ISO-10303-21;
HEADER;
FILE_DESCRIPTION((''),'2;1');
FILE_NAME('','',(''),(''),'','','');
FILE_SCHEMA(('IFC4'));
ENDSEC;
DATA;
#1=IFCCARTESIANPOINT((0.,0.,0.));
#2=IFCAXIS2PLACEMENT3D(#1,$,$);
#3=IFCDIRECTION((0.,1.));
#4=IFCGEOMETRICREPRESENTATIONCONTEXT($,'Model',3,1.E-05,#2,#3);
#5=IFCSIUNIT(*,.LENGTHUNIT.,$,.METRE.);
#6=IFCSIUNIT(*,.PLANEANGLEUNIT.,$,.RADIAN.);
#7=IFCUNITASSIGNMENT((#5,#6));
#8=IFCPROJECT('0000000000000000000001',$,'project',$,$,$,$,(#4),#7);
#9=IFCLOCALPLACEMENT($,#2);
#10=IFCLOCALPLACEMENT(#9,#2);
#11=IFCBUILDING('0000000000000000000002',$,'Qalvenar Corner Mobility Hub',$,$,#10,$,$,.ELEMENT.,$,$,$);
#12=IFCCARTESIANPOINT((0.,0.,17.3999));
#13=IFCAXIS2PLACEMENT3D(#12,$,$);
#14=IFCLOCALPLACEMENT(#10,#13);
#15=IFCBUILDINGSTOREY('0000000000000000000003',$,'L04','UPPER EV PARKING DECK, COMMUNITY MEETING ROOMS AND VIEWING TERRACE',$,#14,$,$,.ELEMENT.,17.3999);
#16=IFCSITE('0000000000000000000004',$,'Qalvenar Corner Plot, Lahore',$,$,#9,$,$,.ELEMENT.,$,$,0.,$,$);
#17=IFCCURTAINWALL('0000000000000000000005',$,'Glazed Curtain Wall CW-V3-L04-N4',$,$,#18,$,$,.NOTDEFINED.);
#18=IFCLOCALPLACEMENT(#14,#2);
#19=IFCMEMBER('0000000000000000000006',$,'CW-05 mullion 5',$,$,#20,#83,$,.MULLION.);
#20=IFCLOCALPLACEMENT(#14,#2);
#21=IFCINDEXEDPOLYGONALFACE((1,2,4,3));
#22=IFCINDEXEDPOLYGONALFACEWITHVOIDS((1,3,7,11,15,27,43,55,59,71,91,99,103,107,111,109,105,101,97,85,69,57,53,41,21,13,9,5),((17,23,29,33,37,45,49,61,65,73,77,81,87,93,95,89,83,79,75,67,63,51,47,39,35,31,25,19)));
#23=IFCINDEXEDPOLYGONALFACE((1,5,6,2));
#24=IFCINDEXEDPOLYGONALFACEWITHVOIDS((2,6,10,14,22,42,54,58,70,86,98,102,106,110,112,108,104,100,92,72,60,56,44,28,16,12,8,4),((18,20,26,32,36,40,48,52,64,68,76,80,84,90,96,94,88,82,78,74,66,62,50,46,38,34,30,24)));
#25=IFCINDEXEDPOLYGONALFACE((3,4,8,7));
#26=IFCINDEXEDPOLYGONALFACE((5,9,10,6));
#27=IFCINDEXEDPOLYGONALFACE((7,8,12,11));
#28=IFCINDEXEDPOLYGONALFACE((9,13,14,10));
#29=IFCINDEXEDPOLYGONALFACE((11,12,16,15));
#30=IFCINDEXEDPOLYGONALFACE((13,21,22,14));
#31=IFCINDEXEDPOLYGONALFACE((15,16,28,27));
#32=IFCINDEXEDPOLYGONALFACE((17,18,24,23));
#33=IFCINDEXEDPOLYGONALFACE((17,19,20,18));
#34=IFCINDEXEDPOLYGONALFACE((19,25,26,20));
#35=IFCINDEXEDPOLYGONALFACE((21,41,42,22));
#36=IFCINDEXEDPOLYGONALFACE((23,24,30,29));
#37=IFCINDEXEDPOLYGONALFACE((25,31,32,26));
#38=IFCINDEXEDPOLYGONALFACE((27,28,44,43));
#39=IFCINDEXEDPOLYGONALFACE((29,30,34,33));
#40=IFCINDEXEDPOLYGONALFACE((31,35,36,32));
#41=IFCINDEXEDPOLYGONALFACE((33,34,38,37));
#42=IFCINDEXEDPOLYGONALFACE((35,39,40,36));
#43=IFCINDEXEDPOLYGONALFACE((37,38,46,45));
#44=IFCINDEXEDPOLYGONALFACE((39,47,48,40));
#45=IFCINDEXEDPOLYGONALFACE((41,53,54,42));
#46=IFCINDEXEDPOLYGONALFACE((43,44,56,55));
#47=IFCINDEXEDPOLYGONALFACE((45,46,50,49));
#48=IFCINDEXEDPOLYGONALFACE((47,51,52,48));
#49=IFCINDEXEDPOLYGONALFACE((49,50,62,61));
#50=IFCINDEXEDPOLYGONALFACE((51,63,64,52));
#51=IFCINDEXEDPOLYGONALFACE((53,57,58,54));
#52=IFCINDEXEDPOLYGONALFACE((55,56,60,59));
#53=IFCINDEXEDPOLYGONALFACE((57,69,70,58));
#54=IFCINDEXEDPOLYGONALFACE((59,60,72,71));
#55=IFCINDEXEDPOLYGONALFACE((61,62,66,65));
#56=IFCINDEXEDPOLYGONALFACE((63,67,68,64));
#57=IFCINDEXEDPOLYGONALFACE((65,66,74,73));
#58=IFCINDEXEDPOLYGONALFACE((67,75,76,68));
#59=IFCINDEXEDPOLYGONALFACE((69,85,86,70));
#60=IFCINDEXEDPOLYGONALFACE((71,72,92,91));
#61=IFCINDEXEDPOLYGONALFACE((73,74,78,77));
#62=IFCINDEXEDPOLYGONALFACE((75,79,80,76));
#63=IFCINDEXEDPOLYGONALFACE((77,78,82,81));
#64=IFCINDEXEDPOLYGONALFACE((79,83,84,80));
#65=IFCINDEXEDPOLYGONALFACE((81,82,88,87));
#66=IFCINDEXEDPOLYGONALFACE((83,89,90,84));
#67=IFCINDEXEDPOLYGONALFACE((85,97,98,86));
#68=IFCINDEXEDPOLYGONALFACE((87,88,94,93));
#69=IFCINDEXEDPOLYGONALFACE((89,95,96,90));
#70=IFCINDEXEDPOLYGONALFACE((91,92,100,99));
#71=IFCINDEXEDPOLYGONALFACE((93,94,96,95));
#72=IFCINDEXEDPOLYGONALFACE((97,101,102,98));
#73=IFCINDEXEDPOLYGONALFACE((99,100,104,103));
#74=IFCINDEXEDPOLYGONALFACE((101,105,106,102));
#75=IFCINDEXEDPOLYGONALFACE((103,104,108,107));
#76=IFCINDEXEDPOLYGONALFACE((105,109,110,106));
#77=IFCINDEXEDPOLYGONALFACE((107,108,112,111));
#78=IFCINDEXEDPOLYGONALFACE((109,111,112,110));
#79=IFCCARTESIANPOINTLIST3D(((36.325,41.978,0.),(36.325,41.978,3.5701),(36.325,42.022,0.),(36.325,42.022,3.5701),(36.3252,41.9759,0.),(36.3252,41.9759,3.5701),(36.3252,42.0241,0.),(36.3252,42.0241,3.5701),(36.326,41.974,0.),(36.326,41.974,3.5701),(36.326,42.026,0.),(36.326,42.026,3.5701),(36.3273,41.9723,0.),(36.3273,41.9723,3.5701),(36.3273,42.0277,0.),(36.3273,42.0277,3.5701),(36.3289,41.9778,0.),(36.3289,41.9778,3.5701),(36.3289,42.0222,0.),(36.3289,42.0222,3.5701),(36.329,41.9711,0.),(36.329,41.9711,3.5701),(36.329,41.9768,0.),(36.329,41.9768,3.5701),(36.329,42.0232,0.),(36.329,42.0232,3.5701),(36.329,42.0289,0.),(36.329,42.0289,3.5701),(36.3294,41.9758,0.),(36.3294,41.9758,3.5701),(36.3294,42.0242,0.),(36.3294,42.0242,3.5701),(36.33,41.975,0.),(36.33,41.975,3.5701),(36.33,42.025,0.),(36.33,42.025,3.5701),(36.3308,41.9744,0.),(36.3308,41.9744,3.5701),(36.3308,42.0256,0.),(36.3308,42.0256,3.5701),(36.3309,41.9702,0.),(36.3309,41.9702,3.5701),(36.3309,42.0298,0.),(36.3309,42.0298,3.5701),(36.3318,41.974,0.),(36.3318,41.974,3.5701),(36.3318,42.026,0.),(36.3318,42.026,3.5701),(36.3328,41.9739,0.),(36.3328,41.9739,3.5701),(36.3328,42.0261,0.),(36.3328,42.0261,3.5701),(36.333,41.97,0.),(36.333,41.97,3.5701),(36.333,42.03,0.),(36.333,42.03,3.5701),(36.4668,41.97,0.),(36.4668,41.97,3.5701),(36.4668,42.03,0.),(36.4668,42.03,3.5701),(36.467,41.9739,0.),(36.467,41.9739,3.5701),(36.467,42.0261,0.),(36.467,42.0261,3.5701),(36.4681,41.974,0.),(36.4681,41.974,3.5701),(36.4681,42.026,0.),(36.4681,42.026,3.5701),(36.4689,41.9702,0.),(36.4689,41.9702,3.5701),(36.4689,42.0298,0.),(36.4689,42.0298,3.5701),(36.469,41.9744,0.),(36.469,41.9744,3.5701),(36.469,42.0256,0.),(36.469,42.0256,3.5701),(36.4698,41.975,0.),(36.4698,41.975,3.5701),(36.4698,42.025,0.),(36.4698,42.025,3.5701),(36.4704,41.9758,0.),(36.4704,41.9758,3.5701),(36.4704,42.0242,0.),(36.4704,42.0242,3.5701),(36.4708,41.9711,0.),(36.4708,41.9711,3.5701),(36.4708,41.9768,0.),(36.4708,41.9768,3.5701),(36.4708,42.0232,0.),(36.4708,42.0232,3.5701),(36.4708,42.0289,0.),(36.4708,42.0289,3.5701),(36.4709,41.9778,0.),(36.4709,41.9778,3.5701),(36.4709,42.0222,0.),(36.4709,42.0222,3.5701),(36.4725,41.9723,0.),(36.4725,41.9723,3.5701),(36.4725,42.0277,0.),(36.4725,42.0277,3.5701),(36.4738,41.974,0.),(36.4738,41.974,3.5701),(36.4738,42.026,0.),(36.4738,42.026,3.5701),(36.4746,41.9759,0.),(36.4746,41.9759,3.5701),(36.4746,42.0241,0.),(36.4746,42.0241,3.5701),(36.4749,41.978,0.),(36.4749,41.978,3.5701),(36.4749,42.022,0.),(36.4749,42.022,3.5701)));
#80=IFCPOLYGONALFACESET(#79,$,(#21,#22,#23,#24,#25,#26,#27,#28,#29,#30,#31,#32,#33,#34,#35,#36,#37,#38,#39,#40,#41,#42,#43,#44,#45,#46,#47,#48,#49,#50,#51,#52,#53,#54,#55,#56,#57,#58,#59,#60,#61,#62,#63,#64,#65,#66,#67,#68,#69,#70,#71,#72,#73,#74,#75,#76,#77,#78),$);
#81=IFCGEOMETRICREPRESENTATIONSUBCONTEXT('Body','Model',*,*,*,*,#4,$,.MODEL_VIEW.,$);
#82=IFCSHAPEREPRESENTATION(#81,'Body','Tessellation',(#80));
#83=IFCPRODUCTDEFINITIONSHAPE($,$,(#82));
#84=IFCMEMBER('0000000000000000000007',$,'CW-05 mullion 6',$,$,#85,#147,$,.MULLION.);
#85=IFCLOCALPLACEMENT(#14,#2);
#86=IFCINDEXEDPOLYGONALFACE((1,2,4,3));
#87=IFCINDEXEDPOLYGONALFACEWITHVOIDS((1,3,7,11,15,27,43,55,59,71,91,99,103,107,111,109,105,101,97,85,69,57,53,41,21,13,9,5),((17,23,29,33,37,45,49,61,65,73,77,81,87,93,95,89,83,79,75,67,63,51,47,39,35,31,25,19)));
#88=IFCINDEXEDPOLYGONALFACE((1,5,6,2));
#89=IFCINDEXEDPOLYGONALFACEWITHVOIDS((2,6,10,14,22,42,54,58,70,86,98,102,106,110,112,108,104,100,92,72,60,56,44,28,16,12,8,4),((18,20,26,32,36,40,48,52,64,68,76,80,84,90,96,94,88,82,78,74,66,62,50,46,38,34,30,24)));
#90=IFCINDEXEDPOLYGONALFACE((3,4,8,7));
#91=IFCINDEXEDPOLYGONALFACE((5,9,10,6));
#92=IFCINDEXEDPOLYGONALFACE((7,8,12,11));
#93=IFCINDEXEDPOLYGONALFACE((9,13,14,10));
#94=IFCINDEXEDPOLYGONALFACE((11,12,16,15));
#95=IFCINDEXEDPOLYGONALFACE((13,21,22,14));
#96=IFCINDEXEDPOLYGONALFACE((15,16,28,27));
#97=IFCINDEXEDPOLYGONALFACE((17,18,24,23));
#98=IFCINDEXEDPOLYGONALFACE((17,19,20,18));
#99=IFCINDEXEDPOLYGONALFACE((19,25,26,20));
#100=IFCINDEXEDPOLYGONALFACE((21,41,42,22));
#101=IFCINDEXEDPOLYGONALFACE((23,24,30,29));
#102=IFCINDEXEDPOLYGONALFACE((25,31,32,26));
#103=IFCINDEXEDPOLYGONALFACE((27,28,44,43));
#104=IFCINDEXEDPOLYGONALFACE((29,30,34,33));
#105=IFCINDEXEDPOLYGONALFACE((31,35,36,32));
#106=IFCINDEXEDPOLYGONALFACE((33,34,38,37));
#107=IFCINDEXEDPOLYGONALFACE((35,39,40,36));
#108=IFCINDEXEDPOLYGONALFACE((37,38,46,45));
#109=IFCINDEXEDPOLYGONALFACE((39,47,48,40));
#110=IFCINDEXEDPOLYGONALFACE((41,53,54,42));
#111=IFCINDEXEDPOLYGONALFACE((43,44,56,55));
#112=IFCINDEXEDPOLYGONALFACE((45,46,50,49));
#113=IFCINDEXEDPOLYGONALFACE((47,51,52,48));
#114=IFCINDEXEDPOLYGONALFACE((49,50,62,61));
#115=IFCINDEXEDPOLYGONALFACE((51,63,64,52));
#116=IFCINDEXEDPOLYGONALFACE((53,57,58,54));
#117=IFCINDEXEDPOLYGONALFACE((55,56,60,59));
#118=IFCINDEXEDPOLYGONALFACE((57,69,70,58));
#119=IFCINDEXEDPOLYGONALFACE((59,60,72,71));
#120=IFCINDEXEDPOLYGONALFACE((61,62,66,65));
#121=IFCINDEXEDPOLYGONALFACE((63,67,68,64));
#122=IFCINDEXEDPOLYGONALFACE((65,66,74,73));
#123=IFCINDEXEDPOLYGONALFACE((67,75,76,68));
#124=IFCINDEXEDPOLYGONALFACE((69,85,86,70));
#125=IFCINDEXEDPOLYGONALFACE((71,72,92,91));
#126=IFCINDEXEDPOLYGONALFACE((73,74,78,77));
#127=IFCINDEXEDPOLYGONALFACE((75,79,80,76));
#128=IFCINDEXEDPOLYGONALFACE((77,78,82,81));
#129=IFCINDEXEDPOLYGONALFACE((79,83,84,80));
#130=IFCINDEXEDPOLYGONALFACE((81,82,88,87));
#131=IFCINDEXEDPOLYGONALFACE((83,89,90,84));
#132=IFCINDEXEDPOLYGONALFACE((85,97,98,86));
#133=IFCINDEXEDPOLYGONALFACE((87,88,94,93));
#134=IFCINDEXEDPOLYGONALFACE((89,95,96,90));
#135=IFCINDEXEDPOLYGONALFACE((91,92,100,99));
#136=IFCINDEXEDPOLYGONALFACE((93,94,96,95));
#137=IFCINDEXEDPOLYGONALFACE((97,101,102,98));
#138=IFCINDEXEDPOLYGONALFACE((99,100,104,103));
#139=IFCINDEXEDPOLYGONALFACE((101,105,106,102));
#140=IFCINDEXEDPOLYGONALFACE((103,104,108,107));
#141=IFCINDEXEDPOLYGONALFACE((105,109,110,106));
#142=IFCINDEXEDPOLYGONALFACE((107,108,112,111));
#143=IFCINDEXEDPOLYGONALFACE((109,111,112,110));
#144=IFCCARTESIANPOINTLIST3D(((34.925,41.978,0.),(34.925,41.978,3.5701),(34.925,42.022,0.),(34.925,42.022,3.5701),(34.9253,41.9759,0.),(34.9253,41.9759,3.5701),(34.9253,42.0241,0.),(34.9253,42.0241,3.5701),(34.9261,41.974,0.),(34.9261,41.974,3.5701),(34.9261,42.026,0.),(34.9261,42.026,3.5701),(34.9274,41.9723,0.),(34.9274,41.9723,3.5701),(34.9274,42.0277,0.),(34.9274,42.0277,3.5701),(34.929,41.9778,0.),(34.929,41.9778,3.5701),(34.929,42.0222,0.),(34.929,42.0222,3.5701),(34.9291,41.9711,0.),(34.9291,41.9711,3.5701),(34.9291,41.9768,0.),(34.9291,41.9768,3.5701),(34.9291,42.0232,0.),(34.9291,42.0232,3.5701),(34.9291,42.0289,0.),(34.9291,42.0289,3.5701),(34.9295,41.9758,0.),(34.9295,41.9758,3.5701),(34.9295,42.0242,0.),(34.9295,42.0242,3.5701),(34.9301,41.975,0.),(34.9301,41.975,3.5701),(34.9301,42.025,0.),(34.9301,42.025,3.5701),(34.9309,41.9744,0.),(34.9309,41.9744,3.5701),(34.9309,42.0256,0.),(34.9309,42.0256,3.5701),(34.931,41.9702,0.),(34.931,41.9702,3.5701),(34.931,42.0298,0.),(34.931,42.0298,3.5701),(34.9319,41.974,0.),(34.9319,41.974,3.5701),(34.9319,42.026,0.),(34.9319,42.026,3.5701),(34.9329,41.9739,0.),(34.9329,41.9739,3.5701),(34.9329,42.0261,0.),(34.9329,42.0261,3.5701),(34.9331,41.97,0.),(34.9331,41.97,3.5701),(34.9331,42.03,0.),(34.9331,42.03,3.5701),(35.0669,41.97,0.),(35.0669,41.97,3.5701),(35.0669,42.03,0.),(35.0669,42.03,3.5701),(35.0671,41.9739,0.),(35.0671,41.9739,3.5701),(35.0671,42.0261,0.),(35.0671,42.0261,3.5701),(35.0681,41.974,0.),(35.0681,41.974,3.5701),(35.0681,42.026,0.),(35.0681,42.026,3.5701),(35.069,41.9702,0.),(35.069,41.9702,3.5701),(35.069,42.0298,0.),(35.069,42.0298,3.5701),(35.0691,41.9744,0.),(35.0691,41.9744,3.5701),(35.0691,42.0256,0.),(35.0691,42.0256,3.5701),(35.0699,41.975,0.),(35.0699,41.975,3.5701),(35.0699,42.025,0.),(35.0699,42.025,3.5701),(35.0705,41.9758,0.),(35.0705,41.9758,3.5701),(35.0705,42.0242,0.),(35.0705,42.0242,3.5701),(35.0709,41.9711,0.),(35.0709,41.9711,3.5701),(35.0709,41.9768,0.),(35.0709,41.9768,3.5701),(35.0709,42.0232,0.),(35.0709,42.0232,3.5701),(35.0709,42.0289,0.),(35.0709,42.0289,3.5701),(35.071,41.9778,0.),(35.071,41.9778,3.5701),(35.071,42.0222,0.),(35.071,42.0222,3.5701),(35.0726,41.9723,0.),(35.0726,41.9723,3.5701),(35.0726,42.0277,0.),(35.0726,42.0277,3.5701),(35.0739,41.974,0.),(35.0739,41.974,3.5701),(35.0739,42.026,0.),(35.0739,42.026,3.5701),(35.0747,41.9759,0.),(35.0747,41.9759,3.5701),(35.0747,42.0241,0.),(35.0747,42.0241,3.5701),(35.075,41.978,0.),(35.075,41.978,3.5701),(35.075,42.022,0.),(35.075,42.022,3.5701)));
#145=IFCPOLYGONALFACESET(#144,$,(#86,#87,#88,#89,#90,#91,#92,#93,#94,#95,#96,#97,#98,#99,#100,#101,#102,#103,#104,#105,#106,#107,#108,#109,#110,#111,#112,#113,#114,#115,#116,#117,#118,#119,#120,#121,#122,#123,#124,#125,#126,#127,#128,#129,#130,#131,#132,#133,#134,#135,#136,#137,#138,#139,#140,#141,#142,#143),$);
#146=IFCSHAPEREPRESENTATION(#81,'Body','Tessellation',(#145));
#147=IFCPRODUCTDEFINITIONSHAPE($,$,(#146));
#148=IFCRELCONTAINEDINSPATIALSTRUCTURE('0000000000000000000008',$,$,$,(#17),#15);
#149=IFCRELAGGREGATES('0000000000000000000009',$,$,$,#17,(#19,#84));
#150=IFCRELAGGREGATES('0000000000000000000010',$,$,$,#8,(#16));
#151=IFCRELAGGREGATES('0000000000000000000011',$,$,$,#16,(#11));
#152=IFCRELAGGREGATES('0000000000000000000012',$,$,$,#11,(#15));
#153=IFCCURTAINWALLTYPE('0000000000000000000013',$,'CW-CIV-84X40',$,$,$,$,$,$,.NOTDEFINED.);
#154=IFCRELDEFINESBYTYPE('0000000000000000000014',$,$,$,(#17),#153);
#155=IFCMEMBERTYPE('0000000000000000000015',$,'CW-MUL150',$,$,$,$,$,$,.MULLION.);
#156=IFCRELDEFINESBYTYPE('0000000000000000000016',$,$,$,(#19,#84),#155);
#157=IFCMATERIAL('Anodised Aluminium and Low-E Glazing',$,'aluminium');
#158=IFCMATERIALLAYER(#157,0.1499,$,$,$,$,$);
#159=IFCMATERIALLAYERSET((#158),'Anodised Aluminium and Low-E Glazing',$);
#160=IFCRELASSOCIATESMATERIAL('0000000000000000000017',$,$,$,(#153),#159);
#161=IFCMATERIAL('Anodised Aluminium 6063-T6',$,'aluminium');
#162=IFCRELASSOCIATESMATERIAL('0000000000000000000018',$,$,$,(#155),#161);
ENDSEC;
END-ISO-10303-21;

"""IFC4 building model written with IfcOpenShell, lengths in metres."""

from ifc_helpers import new_model, si_unit, direction, frame, origin, origin_2d, place, context, subcontext, project, spatial, hollow_rectangle, extrude, material, layer, layer_set, material_profile, profile_set, type_object, element, aggregate, save


model = new_model("IFC4")

# Units and contexts
model_context = context("Model", 3, precision=1e-05, world=origin(), true_north=direction((0.0, 1.0)))
body_context = subcontext(model_context, "Body", "Model", "MODEL_VIEW")
ifc_project = project(units=[si_unit("LENGTHUNIT", "METRE"), si_unit("PLANEANGLEUNIT", "RADIAN")], contexts=[model_context])

# Site, building, storey
site_placement = place(None, origin())
site = spatial("IfcSite", under=ifc_project, at=site_placement, Name="Qalvenar Corner Plot, Lahore", CompositionType="ELEMENT", RefElevation=0.0)
building_placement = place(site_placement, origin())
building = spatial("IfcBuilding", under=site, at=building_placement, Name="Qalvenar Corner Mobility Hub", CompositionType="ELEMENT")
storey_placement = place(building_placement, frame((0.0, 0.0, 17.3999)))
storey = spatial("IfcBuildingStorey", under=building, at=storey_placement, Name="L04", Description="UPPER EV PARKING DECK, COMMUNITY MEETING ROOMS AND VIEWING TERRACE", CompositionType="ELEMENT", Elevation=17.3999)

# Curtain wall, members
ifc_material_1 = material(Name="Anodised Aluminium and Low-E Glazing", Category="aluminium")
ifc_layer_1 = layer(ifc_material_1, 0.1499)
ifc_layer_set_1 = layer_set([ifc_layer_1], Name="Anodised Aluminium and Low-E Glazing")
curtain_wall_type = type_object("IfcCurtainWallType", Name="CW-CIV-84X40", PredefinedType="NOTDEFINED", material=ifc_layer_set_1)
ifc_material_2 = material(Name="Anodised Aluminium 6063-T6", Category="aluminium")
ifc_material_profile_1 = material_profile(ifc_material_2, hollow_rectangle(XDim=0.0601, YDim=0.1499, WallThickness=0.0039, InnerFilletRadius=0.0039, OuterFilletRadius=0.0081, at=origin_2d()), Name="RHS150x60x4")
ifc_profile_set_1 = profile_set([ifc_material_profile_1], Name="Anodised Aluminium 6063-T6")
member_type_1 = type_object("IfcMemberType", Name="CW-MUL150", PredefinedType="MULLION", material=ifc_profile_set_1)
curtain_wall_1_placement = place(storey_placement, origin())
curtain_wall_1 = element("IfcCurtainWall", 1, at=curtain_wall_1_placement, inside=storey, type_object=curtain_wall_type, Name="Glazed Curtain Wall CW-V3-L04-N4", PredefinedType="NOTDEFINED")
member_1_placement = place(storey_placement, frame((36.3999, 42.0, 0.0), z_axis=(0.0, 0.0, 1.0), x_axis=(0.0, -1.0, 0.0)))
member_1 = element("IfcMember", 2, at=member_1_placement, type_object=member_type_1, Name="CW-05 mullion 5", PredefinedType="MULLION", context=body_context, shape_type="SweptSolid", body=[
    extrude(hollow_rectangle(XDim=0.0601, YDim=0.1499, WallThickness=0.0039, InnerFilletRadius=0.0039, OuterFilletRadius=0.0081, at=origin_2d()), origin(), (0.0, 0.0, 1.0), 3.5701),
])
member_2_placement = place(storey_placement, frame((35.0, 42.0, 0.0), z_axis=(0.0, 0.0, 1.0), x_axis=(0.0, -1.0, 0.0)))
member_2 = element("IfcMember", 3, at=member_2_placement, type_object=member_type_1, Name="CW-05 mullion 6", PredefinedType="MULLION", context=body_context, shape_type="SweptSolid", body=[
    extrude(hollow_rectangle(XDim=0.0601, YDim=0.1499, WallThickness=0.0039, InnerFilletRadius=0.0039, OuterFilletRadius=0.0081, at=origin_2d()), origin(), (0.0, 0.0, 1.0), 3.5701),
])

aggregate(curtain_wall_1, [member_1, member_2])

save(model, "model.ifc")
